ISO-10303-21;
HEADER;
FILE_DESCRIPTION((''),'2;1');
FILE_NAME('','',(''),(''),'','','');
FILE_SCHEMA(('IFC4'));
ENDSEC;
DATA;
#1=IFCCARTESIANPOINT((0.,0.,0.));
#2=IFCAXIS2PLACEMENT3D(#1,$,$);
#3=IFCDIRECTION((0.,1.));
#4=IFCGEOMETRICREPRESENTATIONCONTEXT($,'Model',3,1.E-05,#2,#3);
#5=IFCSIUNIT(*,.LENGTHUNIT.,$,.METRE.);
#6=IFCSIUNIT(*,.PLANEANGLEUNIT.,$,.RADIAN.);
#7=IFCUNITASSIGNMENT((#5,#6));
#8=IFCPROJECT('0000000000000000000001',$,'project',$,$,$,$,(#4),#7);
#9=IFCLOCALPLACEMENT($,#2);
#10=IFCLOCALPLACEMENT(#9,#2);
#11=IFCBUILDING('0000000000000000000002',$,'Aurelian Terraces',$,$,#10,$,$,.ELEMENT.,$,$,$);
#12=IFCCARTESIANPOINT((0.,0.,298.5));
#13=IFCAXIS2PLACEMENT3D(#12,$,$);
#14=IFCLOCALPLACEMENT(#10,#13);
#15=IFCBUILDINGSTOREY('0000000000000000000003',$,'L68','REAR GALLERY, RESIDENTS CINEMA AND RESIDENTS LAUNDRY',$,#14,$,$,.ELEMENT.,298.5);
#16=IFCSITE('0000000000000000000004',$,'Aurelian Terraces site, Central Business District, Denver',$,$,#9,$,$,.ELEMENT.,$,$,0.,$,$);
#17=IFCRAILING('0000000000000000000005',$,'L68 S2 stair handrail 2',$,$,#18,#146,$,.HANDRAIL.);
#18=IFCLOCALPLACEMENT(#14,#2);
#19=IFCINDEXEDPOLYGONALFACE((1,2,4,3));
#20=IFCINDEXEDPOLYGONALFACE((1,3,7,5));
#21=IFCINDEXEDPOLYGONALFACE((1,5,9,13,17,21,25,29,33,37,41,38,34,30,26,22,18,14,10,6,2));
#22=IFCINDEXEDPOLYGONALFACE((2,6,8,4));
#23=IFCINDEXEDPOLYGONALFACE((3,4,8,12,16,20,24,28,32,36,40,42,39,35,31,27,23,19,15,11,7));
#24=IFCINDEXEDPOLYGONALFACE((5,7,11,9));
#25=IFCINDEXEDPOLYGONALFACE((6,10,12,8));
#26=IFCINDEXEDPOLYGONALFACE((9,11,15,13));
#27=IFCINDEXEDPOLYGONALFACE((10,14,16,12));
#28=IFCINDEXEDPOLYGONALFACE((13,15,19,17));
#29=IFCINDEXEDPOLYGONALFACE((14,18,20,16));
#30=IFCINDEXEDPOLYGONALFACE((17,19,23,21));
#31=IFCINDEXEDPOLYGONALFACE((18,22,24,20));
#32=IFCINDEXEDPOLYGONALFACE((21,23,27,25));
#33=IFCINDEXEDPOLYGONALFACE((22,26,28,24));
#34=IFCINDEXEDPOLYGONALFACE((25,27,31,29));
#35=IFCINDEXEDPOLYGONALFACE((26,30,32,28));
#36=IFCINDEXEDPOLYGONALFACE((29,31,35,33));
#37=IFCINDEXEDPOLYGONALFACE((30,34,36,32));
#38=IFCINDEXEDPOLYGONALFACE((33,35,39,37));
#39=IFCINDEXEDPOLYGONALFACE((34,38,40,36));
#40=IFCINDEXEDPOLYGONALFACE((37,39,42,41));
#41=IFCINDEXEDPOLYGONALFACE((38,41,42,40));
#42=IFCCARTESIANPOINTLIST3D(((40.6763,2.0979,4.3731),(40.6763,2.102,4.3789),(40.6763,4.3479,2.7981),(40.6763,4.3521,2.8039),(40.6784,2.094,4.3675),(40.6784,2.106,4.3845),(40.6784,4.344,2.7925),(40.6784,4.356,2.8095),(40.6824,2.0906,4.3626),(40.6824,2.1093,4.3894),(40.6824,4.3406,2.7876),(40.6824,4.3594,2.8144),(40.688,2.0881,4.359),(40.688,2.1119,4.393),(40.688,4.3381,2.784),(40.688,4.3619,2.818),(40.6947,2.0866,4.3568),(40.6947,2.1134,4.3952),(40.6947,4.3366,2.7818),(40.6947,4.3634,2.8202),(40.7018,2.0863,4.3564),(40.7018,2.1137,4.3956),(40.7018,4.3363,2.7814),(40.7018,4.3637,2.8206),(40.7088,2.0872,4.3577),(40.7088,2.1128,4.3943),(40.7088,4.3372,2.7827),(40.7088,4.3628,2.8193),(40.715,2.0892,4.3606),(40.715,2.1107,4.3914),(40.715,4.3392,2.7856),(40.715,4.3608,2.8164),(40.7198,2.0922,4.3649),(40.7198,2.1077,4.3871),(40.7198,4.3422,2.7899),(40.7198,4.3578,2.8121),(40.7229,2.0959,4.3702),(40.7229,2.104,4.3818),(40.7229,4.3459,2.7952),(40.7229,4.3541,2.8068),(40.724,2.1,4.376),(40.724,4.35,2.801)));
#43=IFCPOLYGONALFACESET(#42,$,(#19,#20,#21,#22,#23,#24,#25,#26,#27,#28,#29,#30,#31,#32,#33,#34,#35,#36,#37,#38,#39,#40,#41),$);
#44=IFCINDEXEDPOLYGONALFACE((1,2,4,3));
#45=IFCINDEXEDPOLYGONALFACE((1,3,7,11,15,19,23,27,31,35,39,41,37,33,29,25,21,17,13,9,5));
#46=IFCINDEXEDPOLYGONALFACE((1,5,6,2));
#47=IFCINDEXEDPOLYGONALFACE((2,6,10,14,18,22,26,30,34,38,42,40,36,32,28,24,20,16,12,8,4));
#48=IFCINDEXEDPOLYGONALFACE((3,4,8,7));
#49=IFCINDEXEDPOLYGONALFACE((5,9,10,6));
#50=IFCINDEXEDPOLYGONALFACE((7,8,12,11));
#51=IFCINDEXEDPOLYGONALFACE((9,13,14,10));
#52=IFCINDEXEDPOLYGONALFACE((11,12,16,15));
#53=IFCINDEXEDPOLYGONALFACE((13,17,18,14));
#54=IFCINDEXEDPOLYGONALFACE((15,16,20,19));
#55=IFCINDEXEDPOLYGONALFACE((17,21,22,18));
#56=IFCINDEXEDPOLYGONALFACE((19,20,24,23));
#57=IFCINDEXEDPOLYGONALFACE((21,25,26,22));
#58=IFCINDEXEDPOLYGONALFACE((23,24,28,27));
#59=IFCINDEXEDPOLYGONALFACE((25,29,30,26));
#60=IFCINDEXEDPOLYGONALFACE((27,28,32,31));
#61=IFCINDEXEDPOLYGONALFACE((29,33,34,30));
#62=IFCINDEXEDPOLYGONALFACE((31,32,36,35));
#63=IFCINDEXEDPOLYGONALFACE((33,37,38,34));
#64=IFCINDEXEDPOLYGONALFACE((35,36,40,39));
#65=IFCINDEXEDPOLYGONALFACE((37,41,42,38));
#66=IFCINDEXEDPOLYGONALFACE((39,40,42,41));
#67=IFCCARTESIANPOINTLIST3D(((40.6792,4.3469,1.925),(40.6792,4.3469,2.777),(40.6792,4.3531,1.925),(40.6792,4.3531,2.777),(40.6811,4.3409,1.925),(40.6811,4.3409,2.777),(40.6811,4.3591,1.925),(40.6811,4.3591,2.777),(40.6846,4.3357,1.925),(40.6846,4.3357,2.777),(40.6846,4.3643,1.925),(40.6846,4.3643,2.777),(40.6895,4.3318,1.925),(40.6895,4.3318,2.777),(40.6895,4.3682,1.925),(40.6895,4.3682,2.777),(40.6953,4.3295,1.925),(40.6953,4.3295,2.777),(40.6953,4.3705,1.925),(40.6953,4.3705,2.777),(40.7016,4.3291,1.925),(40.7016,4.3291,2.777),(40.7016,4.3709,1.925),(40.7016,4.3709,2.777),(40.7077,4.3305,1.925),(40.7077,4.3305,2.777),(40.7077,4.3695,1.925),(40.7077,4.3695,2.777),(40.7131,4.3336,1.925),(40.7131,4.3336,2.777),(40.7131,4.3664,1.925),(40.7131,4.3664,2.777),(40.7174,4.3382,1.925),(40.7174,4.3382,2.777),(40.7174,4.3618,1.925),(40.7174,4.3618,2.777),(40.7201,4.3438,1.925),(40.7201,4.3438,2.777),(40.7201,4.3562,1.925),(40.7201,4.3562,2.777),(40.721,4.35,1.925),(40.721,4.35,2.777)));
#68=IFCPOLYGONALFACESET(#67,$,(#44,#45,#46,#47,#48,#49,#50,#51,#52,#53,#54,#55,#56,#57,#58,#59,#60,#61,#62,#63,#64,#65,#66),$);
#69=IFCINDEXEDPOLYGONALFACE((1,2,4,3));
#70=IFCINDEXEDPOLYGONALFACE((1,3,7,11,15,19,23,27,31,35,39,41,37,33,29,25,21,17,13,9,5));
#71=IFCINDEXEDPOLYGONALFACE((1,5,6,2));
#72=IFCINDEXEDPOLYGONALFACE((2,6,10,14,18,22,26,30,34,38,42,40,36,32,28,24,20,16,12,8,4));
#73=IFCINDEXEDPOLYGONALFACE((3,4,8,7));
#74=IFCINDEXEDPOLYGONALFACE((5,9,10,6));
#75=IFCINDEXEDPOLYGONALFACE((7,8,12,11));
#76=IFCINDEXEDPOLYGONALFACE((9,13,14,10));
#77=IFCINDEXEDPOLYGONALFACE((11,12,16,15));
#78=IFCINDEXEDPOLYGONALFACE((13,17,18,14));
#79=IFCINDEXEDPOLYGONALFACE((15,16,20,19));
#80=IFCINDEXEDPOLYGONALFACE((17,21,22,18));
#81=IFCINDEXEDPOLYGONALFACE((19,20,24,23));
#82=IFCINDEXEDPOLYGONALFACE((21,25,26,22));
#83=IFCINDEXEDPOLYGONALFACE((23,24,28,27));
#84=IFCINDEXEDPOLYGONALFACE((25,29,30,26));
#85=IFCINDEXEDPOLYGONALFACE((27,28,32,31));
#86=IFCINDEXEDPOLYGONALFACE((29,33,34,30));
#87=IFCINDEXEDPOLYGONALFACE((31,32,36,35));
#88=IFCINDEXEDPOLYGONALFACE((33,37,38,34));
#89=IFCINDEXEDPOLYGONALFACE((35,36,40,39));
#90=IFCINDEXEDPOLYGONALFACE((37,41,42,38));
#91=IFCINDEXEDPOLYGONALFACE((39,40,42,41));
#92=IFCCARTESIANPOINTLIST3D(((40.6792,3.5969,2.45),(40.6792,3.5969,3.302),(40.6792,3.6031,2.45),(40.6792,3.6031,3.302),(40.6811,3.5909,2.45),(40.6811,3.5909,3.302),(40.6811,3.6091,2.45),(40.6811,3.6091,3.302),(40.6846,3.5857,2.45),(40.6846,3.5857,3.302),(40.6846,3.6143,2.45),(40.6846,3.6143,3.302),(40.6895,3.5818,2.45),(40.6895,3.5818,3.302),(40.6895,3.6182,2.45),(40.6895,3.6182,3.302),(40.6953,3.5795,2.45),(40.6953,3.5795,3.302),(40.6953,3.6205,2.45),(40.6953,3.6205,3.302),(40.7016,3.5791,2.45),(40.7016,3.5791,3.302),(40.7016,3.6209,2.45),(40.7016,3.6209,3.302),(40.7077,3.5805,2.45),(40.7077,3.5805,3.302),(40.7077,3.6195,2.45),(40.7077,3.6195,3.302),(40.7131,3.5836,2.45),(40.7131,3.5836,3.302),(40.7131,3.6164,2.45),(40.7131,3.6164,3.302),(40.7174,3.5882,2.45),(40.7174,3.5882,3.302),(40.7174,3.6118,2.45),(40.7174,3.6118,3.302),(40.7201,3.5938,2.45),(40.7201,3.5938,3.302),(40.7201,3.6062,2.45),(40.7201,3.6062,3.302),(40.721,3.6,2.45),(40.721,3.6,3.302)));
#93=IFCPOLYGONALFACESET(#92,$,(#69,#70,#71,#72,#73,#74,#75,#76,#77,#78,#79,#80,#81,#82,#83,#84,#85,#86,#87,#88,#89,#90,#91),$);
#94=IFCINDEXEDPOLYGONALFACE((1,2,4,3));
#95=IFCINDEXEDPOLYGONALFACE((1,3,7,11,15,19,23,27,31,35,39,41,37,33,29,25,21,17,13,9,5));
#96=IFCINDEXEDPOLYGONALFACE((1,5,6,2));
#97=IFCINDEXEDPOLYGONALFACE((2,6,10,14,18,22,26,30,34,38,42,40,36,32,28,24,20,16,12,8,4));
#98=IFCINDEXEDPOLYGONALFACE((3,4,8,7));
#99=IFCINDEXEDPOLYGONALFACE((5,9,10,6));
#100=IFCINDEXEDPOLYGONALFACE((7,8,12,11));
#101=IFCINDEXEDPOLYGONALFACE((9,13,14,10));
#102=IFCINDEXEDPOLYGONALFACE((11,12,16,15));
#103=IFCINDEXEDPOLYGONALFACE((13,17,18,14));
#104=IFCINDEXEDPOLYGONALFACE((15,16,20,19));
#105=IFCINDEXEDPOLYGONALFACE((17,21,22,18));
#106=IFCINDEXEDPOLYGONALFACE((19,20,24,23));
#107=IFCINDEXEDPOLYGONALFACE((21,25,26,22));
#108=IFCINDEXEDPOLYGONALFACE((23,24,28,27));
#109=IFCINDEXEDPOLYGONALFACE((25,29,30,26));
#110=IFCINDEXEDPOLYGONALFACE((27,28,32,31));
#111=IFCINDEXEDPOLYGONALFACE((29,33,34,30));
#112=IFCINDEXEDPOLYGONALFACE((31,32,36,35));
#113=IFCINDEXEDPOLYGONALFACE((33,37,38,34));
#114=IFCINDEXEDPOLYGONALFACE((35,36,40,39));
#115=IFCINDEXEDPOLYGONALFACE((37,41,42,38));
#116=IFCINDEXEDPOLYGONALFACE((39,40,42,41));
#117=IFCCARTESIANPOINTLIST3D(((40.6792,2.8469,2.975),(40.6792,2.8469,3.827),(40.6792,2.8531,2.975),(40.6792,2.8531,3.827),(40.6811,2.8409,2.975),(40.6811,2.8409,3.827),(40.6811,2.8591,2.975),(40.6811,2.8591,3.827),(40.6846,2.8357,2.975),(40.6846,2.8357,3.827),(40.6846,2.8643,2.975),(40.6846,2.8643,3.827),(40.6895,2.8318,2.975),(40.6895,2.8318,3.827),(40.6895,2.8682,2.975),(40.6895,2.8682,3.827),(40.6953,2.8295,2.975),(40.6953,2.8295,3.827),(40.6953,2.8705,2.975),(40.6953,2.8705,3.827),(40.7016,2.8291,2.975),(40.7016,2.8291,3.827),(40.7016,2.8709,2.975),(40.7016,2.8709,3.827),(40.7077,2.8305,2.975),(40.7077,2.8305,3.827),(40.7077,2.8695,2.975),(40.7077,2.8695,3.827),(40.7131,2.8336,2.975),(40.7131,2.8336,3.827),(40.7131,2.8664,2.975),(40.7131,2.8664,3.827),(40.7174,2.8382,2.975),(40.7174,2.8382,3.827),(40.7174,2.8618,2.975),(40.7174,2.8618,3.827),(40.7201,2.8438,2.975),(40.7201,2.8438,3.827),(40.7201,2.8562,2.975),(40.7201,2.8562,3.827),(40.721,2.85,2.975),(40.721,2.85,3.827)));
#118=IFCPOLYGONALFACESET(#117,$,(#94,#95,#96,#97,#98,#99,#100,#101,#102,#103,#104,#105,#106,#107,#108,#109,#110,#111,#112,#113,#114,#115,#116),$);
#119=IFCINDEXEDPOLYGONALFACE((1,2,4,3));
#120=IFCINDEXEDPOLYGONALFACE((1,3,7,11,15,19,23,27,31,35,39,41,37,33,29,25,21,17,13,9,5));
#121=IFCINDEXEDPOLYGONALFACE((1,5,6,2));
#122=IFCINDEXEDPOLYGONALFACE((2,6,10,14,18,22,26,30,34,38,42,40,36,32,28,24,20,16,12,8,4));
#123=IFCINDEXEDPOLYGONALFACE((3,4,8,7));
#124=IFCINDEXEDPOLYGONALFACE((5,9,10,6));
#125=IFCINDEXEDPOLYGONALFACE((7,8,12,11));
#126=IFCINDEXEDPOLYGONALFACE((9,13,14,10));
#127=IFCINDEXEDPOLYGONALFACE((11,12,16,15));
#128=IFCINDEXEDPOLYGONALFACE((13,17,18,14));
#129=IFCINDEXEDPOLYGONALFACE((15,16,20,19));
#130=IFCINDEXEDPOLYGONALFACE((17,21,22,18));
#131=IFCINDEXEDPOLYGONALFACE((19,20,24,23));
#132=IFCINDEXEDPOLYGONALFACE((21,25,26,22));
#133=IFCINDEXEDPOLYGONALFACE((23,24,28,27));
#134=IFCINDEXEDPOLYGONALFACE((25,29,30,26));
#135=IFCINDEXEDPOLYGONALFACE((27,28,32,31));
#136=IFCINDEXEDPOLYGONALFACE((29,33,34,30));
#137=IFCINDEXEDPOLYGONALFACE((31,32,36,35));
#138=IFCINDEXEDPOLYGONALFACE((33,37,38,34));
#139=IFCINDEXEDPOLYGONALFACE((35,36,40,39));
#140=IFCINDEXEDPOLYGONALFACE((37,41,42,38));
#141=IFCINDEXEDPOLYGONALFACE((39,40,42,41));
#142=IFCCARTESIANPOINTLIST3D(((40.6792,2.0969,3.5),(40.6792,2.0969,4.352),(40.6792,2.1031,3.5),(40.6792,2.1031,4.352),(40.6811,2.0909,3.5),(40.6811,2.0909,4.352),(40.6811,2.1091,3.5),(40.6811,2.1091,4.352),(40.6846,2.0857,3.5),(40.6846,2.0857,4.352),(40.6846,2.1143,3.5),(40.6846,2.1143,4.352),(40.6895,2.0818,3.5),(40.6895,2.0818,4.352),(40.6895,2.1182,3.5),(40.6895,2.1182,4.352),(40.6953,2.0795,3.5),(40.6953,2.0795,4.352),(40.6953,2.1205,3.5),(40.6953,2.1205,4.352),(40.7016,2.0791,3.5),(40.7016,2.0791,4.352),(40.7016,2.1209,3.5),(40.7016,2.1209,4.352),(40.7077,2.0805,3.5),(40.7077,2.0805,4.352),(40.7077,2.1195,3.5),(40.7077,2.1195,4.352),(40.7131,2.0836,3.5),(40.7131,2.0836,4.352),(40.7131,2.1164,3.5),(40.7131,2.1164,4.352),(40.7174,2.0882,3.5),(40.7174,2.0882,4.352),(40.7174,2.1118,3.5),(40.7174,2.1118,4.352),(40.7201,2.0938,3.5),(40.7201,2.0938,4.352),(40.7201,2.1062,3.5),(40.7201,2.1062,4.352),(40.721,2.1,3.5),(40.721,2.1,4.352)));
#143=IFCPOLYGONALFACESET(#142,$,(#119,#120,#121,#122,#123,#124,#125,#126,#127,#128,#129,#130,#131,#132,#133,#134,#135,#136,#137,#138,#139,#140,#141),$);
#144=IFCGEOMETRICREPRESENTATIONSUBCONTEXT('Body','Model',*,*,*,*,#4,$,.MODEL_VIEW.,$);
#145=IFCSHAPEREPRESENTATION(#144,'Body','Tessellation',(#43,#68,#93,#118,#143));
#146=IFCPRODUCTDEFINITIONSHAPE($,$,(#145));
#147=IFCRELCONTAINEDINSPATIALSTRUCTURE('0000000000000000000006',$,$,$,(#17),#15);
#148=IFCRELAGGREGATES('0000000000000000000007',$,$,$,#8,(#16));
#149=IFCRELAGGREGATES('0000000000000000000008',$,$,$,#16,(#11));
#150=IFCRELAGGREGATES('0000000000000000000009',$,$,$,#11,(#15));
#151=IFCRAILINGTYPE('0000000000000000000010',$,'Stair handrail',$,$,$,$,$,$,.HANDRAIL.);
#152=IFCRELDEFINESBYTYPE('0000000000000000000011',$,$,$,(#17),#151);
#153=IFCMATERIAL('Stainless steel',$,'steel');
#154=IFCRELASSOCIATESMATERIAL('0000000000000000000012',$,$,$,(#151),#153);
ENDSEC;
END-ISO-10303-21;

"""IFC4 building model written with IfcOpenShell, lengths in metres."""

from ifc_helpers import new_model, si_unit, direction, frame, origin, origin_2d, place, context, subcontext, project, spatial, circle, extrude, source, transform, mapped, material, type_object, element, save


model = new_model("IFC4")

# Units and contexts
model_context = context("Model", 3, precision=1e-05, world=origin(), true_north=direction((0.0, 1.0)))
body_context = subcontext(model_context, "Body", "Model", "MODEL_VIEW")
ifc_project = project(units=[si_unit("LENGTHUNIT", "METRE"), si_unit("PLANEANGLEUNIT", "RADIAN")], contexts=[model_context])

# Site, building, storey
site_placement = place(None, origin())
site = spatial("IfcSite", under=ifc_project, at=site_placement, Name="Aurelian Terraces site, Central Business District, Denver", CompositionType="ELEMENT", RefElevation=0.0)
building_placement = place(site_placement, origin())
building = spatial("IfcBuilding", under=site, at=building_placement, Name="Aurelian Terraces", CompositionType="ELEMENT")
storey_placement = place(building_placement, frame((0.0, 0.0, 298.5)))
storey = spatial("IfcBuildingStorey", under=building, at=storey_placement, Name="L68", Description="REAR GALLERY, RESIDENTS CINEMA AND RESIDENTS LAUNDRY", CompositionType="ELEMENT", Elevation=298.5)

# Railing
ifc_material_1 = material(Name="Stainless steel", Category="steel")
railing_type_1 = type_object("IfcRailingType", Name="Stair handrail", PredefinedType="HANDRAIL", material=ifc_material_1)
shared_shape_1 = source(origin(), body_context, "Body", "SweptSolid", [
    extrude(circle(Radius=0.024, at=origin_2d()), frame((0.0, 0.0, 0.876), z_axis=(0.0, -0.819232, 0.573462), x_axis=(1.0, 0.0, 0.0)), (0.0, 0.0, 1.0), 2.7465),
    extrude(circle(Radius=0.021, at=origin_2d()), origin(), (0.0, 0.0, 1.0), 0.852),
    extrude(circle(Radius=0.021, at=origin_2d()), frame((0.0, -0.75, 0.525)), (0.0, 0.0, 1.0), 0.852),
    extrude(circle(Radius=0.021, at=origin_2d()), frame((0.0, -1.5, 1.05)), (0.0, 0.0, 1.0), 0.852),
    extrude(circle(Radius=0.021, at=origin_2d()), frame((0.0, -2.25, 1.575)), (0.0, 0.0, 1.0), 0.852),
])
railing_1_placement = place(storey_placement, frame((40.7, 4.35, 1.925)))
element("IfcRailing", 1, at=railing_1_placement, inside=storey, type_object=railing_type_1, Name="L68 S2 stair handrail 2", PredefinedType="HANDRAIL", context=body_context, shape_type="MappedRepresentation", body=[
    mapped(shared_shape_1, transform((0.0, 0.0, 0.0), scale=1.0)),
])

save(model, "model.ifc")
